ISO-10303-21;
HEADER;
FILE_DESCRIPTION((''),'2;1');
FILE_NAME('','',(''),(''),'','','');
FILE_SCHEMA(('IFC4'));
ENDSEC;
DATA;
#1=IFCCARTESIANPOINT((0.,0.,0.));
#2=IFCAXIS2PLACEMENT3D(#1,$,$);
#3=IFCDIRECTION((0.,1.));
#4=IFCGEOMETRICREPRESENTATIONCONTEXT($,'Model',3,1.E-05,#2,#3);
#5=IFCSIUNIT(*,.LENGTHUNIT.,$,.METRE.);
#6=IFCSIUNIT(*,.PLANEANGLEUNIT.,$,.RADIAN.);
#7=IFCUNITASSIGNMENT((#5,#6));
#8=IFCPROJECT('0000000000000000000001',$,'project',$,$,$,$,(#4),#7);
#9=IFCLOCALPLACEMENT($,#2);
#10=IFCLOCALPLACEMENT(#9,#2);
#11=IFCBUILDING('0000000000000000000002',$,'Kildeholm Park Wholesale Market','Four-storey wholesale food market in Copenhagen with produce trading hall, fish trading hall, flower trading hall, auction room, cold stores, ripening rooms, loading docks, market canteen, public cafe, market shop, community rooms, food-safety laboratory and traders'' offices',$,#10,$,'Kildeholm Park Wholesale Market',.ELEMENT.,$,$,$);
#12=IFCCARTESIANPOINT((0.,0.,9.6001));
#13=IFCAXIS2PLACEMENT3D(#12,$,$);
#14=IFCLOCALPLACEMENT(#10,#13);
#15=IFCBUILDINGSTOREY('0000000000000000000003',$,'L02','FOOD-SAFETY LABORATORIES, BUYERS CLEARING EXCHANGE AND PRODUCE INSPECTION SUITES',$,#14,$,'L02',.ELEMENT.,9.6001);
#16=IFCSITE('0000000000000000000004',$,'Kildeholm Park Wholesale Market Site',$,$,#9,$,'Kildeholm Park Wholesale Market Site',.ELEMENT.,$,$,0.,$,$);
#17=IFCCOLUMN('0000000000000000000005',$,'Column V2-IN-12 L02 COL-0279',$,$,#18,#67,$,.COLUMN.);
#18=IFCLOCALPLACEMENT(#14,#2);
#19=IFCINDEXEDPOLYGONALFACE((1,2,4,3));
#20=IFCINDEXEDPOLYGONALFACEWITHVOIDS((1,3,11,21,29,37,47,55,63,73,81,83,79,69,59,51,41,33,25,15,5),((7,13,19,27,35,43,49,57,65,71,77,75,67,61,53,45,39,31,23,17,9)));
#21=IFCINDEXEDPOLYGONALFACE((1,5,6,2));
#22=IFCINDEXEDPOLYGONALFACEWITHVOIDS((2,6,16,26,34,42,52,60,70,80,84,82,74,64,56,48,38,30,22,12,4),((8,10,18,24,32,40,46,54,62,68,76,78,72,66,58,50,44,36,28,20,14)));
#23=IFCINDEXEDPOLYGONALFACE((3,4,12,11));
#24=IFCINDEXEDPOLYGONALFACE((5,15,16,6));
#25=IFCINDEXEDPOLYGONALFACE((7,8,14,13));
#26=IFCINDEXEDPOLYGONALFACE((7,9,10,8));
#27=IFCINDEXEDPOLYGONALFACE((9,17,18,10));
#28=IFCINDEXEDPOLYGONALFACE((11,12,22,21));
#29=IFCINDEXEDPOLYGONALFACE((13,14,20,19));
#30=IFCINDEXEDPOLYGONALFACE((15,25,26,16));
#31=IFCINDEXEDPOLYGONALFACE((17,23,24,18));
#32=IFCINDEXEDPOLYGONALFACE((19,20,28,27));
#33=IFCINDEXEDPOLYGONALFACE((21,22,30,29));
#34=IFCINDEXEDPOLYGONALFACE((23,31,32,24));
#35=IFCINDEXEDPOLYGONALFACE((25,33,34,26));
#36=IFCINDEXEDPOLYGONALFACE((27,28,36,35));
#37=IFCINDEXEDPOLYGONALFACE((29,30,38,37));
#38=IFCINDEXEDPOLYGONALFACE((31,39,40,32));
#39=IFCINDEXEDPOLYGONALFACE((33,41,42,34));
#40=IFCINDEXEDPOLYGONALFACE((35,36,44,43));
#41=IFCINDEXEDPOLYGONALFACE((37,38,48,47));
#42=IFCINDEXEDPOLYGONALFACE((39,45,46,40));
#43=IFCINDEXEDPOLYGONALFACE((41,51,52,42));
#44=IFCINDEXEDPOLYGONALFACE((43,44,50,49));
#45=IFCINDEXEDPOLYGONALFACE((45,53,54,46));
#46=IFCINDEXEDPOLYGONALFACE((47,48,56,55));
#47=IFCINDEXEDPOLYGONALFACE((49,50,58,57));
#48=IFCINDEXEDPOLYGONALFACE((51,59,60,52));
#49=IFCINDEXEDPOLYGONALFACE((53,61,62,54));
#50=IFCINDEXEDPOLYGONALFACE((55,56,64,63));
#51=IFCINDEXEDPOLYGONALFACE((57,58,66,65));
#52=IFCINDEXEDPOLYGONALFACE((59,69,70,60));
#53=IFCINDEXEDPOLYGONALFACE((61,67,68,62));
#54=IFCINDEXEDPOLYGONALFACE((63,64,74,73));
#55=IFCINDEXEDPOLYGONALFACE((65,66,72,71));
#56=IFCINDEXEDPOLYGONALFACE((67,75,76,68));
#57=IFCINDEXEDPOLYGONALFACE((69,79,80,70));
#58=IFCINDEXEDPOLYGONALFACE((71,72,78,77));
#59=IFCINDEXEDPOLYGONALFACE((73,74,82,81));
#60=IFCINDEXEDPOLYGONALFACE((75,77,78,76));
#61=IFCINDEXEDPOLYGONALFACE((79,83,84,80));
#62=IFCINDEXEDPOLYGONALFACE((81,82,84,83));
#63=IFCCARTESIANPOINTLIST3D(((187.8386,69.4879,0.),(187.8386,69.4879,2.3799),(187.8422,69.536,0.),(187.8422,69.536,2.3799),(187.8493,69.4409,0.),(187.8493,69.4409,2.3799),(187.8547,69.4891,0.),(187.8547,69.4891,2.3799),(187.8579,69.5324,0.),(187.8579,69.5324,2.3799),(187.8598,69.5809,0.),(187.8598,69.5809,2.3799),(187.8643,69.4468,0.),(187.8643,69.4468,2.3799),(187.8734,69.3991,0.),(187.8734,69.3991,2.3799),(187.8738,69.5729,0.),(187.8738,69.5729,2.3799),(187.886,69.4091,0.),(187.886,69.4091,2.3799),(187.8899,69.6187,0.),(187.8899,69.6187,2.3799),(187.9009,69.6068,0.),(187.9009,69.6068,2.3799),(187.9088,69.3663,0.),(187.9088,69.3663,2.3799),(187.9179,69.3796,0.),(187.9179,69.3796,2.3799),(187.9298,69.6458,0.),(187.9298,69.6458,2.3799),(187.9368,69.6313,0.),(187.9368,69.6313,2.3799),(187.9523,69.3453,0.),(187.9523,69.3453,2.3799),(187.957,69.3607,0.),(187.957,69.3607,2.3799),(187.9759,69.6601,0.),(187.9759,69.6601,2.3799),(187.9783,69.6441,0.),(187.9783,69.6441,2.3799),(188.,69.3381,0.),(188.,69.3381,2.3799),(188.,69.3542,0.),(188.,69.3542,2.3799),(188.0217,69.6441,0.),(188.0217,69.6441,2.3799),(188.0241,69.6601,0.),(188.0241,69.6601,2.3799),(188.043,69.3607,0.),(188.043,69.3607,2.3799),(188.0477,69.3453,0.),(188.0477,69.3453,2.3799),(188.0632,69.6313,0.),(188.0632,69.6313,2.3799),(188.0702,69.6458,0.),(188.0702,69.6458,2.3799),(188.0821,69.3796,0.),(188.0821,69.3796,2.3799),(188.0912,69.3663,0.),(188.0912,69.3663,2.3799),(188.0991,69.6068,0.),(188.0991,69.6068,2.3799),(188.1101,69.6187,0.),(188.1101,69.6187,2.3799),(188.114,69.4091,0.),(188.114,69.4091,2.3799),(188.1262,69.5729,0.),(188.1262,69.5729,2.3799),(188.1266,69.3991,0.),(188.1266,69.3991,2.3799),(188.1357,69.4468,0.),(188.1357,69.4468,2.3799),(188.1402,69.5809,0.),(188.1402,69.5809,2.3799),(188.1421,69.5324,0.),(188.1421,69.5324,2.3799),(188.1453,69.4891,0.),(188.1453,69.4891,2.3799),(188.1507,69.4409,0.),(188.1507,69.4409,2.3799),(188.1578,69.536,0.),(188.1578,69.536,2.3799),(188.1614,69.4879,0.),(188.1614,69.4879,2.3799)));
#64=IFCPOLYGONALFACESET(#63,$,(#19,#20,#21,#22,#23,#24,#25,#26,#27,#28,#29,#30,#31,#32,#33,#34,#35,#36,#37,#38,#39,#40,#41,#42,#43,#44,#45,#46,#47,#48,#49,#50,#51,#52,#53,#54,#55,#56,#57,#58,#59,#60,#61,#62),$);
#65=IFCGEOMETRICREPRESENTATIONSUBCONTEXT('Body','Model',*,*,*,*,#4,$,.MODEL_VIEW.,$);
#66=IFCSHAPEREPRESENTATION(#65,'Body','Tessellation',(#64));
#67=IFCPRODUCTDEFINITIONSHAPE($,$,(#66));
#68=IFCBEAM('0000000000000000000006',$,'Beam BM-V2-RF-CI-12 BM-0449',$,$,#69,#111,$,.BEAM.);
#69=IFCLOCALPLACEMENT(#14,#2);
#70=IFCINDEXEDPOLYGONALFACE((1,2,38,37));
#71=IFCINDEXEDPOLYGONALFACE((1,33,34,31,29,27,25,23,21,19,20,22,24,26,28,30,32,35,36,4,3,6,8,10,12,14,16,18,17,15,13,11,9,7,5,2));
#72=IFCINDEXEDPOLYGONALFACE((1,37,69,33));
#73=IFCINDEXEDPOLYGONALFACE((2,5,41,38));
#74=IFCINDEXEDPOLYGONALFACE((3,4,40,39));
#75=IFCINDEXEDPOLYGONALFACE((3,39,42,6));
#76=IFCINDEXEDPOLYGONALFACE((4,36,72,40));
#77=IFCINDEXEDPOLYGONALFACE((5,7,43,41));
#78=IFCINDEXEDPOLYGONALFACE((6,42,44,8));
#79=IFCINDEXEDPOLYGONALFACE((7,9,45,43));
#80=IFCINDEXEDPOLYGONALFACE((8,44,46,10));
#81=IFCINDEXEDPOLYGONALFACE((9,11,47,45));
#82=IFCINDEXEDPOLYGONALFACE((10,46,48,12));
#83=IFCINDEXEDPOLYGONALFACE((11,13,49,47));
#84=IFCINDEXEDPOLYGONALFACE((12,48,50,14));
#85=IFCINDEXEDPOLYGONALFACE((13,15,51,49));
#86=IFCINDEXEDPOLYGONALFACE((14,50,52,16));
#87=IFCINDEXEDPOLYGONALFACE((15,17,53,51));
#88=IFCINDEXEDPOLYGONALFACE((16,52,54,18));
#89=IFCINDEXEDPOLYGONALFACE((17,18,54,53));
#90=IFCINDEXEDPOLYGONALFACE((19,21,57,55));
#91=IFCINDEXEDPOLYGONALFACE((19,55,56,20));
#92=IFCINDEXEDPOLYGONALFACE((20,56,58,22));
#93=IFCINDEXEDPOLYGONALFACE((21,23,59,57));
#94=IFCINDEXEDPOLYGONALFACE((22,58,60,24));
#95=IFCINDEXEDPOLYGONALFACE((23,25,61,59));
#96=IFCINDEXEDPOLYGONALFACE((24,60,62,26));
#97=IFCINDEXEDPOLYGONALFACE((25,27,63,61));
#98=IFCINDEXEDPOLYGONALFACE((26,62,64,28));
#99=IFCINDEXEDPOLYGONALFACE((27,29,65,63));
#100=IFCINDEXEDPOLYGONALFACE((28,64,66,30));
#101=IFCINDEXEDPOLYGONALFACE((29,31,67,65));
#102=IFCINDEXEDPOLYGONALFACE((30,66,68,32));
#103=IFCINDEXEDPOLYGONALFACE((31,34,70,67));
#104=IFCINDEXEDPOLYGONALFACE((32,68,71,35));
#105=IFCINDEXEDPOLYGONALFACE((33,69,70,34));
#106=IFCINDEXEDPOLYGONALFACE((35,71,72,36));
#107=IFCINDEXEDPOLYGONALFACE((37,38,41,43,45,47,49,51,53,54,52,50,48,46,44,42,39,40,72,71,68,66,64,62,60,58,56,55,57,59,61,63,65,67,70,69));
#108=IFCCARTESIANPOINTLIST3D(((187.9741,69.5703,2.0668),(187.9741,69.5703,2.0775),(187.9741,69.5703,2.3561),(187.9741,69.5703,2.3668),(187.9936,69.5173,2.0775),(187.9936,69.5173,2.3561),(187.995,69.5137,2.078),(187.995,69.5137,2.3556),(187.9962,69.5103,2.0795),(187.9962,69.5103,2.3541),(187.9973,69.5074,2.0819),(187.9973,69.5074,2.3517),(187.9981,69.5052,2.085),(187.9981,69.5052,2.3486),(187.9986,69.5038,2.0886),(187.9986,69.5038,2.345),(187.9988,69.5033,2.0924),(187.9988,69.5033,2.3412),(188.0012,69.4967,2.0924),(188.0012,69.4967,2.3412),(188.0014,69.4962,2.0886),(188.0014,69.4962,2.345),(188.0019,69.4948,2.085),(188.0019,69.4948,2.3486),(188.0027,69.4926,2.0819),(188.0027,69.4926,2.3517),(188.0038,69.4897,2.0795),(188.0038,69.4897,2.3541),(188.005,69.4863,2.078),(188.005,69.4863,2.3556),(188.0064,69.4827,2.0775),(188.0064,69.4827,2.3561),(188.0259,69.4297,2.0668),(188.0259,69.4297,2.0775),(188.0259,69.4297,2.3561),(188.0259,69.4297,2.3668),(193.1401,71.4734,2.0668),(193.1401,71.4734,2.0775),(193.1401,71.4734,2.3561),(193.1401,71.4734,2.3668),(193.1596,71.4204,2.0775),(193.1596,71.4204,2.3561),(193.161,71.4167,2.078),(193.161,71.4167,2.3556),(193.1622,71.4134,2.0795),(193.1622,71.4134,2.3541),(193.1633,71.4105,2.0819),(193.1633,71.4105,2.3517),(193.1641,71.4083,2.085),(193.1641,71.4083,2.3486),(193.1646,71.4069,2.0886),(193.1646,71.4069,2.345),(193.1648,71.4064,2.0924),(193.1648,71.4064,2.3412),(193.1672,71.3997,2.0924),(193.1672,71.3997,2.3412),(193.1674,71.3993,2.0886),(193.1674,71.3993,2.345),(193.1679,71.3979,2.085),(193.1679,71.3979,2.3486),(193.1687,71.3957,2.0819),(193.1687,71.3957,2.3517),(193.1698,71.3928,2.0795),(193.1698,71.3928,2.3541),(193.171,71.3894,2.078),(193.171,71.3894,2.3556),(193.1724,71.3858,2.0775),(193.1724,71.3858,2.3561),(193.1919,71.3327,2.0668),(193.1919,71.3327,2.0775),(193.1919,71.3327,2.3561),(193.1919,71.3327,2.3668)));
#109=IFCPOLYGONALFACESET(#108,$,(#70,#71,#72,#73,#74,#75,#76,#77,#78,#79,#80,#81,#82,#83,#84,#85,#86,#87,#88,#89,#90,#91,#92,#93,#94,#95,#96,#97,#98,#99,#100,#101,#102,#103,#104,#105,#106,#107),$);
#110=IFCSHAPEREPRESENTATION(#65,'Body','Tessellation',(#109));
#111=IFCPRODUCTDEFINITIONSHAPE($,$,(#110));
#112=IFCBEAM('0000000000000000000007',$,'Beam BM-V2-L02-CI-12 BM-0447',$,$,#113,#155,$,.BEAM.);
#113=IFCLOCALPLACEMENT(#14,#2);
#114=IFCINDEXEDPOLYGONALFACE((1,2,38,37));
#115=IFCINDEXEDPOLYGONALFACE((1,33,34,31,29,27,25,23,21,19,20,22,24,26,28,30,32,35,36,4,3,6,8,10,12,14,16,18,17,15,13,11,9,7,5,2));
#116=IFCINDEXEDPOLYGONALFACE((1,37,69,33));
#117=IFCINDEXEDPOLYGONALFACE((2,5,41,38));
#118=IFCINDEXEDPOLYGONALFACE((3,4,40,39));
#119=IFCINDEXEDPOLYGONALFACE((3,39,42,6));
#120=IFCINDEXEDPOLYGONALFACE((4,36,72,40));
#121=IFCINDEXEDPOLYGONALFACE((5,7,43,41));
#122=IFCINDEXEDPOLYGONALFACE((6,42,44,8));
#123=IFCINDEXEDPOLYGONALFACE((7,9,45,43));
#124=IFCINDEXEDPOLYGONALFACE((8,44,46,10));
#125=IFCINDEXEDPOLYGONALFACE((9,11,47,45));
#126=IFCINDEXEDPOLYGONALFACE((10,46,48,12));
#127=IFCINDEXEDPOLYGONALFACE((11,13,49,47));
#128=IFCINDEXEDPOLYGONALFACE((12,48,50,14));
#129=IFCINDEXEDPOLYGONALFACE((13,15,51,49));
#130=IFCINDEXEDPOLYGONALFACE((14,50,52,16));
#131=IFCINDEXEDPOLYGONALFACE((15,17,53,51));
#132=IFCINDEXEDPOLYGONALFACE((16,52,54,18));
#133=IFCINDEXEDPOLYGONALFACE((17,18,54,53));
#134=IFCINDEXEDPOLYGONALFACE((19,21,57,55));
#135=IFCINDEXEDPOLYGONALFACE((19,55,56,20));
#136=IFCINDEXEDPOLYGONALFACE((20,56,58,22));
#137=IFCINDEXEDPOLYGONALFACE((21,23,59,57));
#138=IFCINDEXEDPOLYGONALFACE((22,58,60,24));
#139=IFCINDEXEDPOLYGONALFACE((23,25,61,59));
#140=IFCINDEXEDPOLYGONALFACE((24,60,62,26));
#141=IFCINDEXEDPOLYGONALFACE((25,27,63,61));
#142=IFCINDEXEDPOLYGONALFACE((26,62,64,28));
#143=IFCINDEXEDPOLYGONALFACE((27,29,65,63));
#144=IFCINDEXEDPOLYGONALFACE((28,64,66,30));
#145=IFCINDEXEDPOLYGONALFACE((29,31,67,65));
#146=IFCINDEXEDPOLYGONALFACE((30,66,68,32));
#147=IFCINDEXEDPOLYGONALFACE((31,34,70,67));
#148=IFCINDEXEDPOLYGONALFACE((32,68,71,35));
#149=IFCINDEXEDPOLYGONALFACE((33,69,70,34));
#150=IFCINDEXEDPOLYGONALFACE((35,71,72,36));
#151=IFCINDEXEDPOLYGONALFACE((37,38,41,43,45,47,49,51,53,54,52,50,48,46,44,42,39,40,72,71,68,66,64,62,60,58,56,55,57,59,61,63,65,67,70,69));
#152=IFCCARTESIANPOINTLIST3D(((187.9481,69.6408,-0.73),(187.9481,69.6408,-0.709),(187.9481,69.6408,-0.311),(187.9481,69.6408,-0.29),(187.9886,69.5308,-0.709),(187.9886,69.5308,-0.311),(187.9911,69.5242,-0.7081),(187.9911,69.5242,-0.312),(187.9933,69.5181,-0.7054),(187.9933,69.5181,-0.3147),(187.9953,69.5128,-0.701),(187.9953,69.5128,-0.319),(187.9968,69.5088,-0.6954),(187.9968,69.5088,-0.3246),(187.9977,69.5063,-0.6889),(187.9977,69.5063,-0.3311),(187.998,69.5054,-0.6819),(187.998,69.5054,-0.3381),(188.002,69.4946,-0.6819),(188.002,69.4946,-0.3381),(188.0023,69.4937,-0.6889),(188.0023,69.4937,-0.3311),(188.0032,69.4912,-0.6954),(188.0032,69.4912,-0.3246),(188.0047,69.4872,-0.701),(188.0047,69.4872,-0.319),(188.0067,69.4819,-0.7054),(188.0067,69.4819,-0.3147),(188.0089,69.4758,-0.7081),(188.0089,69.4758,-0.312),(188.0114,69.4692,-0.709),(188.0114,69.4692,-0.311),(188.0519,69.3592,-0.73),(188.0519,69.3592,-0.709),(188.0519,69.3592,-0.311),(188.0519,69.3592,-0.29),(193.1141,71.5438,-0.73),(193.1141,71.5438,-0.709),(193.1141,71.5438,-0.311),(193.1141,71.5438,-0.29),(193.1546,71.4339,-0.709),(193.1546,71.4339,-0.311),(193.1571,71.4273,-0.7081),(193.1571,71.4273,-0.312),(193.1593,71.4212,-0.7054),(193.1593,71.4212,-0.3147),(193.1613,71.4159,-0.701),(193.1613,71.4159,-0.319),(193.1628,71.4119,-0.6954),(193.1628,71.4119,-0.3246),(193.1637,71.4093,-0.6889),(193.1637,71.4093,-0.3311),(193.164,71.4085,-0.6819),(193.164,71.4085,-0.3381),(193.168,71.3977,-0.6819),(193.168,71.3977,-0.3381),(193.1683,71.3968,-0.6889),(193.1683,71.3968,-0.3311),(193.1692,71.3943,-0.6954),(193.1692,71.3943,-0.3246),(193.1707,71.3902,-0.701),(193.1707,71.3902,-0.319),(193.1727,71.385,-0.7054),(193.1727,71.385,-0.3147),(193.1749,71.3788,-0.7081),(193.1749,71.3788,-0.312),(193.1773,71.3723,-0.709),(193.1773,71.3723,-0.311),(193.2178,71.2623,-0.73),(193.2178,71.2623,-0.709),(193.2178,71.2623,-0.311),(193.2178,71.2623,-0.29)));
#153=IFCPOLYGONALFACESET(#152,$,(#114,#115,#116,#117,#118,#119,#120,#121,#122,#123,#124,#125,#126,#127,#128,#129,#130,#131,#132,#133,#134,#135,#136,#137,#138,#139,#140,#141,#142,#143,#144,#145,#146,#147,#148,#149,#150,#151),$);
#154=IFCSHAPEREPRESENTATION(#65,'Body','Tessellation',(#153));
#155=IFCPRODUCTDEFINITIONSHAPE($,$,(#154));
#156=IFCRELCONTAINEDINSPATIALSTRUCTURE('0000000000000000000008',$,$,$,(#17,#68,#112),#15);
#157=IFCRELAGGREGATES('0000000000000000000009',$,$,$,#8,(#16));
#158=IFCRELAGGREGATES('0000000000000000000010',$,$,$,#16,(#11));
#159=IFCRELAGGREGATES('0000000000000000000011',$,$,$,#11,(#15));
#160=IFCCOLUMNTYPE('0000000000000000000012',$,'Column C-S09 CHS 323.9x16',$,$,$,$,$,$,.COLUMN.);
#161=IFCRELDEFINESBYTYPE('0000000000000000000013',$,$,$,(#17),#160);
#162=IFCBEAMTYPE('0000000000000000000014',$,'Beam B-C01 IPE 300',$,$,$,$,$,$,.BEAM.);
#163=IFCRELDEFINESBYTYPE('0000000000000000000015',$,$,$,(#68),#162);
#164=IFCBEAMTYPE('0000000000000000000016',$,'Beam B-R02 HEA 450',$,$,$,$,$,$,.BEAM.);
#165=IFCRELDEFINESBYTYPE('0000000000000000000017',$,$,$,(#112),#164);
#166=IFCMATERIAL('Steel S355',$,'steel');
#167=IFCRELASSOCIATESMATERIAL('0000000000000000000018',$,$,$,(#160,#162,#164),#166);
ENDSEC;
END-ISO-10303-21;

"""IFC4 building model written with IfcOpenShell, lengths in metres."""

from ifc_helpers import new_model, si_unit, direction, frame, origin, origin_2d, place, context, subcontext, project, spatial, hollow_circle, i_section, extrude, material, material_profile, profile_set, type_object, element, save


model = new_model("IFC4")

# Units and contexts
model_context = context("Model", 3, precision=1e-05, world=origin(), true_north=direction((0.0, 1.0)))
body_context = subcontext(model_context, "Body", "Model", "MODEL_VIEW")
ifc_project = project(units=[si_unit("LENGTHUNIT", "METRE"), si_unit("PLANEANGLEUNIT", "RADIAN")], contexts=[model_context])

# Site, building, storey
site_placement = place(None, origin())
site = spatial("IfcSite", under=ifc_project, at=site_placement, Name="Kildeholm Park Wholesale Market Site", LongName="Kildeholm Park Wholesale Market Site", CompositionType="ELEMENT", RefElevation=0.0)
building_placement = place(site_placement, origin())
building = spatial("IfcBuilding", under=site, at=building_placement, Name="Kildeholm Park Wholesale Market", Description="Four-storey wholesale food market in Copenhagen with produce trading hall, fish trading hall, flower trading hall, auction room, cold stores, ripening rooms, loading docks, market canteen, public cafe, market shop, community rooms, food-safety laboratory and traders' offices", LongName="Kildeholm Park Wholesale Market", CompositionType="ELEMENT")
storey_placement = place(building_placement, frame((0.0, 0.0, 9.6001)))
storey = spatial("IfcBuildingStorey", under=building, at=storey_placement, Name="L02", Description="FOOD-SAFETY LABORATORIES, BUYERS CLEARING EXCHANGE AND PRODUCE INSPECTION SUITES", LongName="L02", CompositionType="ELEMENT", Elevation=9.6001)

# Column
ifc_material_1 = material(Name="Steel S355", Category="steel")
ifc_material_profile_1 = material_profile(ifc_material_1, hollow_circle(Radius=0.1619, WallThickness=0.0161, at=origin_2d()), Name="CHS 323.9x16")
ifc_profile_set_1 = profile_set([ifc_material_profile_1], Name="Steel S355")
column_type = type_object("IfcColumnType", Name="Column C-S09 CHS 323.9x16", PredefinedType="COLUMN", material=ifc_profile_set_1)
column_placement = place(storey_placement, frame((188.0, 69.5, 0.0), z_axis=(0.0, 0.0, 1.0), x_axis=(0.0, -1.0, 0.0)))
element("IfcColumn", 1, at=column_placement, inside=storey, type_object=column_type, Name="Column V2-IN-12 L02 COL-0279", PredefinedType="COLUMN", context=body_context, shape_type="SweptSolid", body=[
    extrude(hollow_circle(Radius=0.1619, WallThickness=0.0161, at=origin_2d()), origin(), (0.0, 0.0, 1.0), 2.3799),
])

# Beams
ifc_material_profile_2 = material_profile(ifc_material_1, i_section(OverallWidth=0.1499, OverallDepth=0.3, WebThickness=0.0071, FlangeThickness=0.0107, FilletRadius=0.0149, at=origin_2d()), Name="IPE 300")
ifc_profile_set_2 = profile_set([ifc_material_profile_2], Name="Steel S355")
beam_type_1 = type_object("IfcBeamType", Name="Beam B-C01 IPE 300", PredefinedType="BEAM", material=ifc_profile_set_2)
beam_1_placement = place(storey_placement, frame((188.0, 69.5, 2.2168), z_axis=(0.938354, 0.345675, 0.0), x_axis=(-0.345675, 0.938354, 0.0)))
element("IfcBeam", 2, at=beam_1_placement, inside=storey, type_object=beam_type_1, Name="Beam BM-V2-RF-CI-12 BM-0449", PredefinedType="BEAM", context=body_context, shape_type="SweptSolid", body=[
    extrude(i_section(OverallWidth=0.1499, OverallDepth=0.3, WebThickness=0.0071, FlangeThickness=0.0107, FilletRadius=0.0149, at=origin_2d()), origin(), (0.0, 0.0, 1.0), 5.5054),
])
ifc_material_profile_3 = material_profile(ifc_material_1, i_section(OverallWidth=0.3, OverallDepth=0.4399, WebThickness=0.0115, FlangeThickness=0.021, FilletRadius=0.0271, at=origin_2d()), Name="HEA 450")
ifc_profile_set_3 = profile_set([ifc_material_profile_3], Name="Steel S355")
beam_type_2 = type_object("IfcBeamType", Name="Beam B-R02 HEA 450", PredefinedType="BEAM", material=ifc_profile_set_3)
beam_2_placement = place(storey_placement, frame((188.0, 69.5, -0.51), z_axis=(0.938354, 0.345675, 0.0), x_axis=(-0.345675, 0.938354, 0.0)))
element("IfcBeam", 3, at=beam_2_placement, inside=storey, type_object=beam_type_2, Name="Beam BM-V2-L02-CI-12 BM-0447", PredefinedType="BEAM", context=body_context, shape_type="SweptSolid", body=[
    extrude(i_section(OverallWidth=0.3, OverallDepth=0.4399, WebThickness=0.0115, FlangeThickness=0.021, FilletRadius=0.0271, at=origin_2d()), origin(), (0.0, 0.0, 1.0), 5.5054),
])

save(model, "model.ifc")
